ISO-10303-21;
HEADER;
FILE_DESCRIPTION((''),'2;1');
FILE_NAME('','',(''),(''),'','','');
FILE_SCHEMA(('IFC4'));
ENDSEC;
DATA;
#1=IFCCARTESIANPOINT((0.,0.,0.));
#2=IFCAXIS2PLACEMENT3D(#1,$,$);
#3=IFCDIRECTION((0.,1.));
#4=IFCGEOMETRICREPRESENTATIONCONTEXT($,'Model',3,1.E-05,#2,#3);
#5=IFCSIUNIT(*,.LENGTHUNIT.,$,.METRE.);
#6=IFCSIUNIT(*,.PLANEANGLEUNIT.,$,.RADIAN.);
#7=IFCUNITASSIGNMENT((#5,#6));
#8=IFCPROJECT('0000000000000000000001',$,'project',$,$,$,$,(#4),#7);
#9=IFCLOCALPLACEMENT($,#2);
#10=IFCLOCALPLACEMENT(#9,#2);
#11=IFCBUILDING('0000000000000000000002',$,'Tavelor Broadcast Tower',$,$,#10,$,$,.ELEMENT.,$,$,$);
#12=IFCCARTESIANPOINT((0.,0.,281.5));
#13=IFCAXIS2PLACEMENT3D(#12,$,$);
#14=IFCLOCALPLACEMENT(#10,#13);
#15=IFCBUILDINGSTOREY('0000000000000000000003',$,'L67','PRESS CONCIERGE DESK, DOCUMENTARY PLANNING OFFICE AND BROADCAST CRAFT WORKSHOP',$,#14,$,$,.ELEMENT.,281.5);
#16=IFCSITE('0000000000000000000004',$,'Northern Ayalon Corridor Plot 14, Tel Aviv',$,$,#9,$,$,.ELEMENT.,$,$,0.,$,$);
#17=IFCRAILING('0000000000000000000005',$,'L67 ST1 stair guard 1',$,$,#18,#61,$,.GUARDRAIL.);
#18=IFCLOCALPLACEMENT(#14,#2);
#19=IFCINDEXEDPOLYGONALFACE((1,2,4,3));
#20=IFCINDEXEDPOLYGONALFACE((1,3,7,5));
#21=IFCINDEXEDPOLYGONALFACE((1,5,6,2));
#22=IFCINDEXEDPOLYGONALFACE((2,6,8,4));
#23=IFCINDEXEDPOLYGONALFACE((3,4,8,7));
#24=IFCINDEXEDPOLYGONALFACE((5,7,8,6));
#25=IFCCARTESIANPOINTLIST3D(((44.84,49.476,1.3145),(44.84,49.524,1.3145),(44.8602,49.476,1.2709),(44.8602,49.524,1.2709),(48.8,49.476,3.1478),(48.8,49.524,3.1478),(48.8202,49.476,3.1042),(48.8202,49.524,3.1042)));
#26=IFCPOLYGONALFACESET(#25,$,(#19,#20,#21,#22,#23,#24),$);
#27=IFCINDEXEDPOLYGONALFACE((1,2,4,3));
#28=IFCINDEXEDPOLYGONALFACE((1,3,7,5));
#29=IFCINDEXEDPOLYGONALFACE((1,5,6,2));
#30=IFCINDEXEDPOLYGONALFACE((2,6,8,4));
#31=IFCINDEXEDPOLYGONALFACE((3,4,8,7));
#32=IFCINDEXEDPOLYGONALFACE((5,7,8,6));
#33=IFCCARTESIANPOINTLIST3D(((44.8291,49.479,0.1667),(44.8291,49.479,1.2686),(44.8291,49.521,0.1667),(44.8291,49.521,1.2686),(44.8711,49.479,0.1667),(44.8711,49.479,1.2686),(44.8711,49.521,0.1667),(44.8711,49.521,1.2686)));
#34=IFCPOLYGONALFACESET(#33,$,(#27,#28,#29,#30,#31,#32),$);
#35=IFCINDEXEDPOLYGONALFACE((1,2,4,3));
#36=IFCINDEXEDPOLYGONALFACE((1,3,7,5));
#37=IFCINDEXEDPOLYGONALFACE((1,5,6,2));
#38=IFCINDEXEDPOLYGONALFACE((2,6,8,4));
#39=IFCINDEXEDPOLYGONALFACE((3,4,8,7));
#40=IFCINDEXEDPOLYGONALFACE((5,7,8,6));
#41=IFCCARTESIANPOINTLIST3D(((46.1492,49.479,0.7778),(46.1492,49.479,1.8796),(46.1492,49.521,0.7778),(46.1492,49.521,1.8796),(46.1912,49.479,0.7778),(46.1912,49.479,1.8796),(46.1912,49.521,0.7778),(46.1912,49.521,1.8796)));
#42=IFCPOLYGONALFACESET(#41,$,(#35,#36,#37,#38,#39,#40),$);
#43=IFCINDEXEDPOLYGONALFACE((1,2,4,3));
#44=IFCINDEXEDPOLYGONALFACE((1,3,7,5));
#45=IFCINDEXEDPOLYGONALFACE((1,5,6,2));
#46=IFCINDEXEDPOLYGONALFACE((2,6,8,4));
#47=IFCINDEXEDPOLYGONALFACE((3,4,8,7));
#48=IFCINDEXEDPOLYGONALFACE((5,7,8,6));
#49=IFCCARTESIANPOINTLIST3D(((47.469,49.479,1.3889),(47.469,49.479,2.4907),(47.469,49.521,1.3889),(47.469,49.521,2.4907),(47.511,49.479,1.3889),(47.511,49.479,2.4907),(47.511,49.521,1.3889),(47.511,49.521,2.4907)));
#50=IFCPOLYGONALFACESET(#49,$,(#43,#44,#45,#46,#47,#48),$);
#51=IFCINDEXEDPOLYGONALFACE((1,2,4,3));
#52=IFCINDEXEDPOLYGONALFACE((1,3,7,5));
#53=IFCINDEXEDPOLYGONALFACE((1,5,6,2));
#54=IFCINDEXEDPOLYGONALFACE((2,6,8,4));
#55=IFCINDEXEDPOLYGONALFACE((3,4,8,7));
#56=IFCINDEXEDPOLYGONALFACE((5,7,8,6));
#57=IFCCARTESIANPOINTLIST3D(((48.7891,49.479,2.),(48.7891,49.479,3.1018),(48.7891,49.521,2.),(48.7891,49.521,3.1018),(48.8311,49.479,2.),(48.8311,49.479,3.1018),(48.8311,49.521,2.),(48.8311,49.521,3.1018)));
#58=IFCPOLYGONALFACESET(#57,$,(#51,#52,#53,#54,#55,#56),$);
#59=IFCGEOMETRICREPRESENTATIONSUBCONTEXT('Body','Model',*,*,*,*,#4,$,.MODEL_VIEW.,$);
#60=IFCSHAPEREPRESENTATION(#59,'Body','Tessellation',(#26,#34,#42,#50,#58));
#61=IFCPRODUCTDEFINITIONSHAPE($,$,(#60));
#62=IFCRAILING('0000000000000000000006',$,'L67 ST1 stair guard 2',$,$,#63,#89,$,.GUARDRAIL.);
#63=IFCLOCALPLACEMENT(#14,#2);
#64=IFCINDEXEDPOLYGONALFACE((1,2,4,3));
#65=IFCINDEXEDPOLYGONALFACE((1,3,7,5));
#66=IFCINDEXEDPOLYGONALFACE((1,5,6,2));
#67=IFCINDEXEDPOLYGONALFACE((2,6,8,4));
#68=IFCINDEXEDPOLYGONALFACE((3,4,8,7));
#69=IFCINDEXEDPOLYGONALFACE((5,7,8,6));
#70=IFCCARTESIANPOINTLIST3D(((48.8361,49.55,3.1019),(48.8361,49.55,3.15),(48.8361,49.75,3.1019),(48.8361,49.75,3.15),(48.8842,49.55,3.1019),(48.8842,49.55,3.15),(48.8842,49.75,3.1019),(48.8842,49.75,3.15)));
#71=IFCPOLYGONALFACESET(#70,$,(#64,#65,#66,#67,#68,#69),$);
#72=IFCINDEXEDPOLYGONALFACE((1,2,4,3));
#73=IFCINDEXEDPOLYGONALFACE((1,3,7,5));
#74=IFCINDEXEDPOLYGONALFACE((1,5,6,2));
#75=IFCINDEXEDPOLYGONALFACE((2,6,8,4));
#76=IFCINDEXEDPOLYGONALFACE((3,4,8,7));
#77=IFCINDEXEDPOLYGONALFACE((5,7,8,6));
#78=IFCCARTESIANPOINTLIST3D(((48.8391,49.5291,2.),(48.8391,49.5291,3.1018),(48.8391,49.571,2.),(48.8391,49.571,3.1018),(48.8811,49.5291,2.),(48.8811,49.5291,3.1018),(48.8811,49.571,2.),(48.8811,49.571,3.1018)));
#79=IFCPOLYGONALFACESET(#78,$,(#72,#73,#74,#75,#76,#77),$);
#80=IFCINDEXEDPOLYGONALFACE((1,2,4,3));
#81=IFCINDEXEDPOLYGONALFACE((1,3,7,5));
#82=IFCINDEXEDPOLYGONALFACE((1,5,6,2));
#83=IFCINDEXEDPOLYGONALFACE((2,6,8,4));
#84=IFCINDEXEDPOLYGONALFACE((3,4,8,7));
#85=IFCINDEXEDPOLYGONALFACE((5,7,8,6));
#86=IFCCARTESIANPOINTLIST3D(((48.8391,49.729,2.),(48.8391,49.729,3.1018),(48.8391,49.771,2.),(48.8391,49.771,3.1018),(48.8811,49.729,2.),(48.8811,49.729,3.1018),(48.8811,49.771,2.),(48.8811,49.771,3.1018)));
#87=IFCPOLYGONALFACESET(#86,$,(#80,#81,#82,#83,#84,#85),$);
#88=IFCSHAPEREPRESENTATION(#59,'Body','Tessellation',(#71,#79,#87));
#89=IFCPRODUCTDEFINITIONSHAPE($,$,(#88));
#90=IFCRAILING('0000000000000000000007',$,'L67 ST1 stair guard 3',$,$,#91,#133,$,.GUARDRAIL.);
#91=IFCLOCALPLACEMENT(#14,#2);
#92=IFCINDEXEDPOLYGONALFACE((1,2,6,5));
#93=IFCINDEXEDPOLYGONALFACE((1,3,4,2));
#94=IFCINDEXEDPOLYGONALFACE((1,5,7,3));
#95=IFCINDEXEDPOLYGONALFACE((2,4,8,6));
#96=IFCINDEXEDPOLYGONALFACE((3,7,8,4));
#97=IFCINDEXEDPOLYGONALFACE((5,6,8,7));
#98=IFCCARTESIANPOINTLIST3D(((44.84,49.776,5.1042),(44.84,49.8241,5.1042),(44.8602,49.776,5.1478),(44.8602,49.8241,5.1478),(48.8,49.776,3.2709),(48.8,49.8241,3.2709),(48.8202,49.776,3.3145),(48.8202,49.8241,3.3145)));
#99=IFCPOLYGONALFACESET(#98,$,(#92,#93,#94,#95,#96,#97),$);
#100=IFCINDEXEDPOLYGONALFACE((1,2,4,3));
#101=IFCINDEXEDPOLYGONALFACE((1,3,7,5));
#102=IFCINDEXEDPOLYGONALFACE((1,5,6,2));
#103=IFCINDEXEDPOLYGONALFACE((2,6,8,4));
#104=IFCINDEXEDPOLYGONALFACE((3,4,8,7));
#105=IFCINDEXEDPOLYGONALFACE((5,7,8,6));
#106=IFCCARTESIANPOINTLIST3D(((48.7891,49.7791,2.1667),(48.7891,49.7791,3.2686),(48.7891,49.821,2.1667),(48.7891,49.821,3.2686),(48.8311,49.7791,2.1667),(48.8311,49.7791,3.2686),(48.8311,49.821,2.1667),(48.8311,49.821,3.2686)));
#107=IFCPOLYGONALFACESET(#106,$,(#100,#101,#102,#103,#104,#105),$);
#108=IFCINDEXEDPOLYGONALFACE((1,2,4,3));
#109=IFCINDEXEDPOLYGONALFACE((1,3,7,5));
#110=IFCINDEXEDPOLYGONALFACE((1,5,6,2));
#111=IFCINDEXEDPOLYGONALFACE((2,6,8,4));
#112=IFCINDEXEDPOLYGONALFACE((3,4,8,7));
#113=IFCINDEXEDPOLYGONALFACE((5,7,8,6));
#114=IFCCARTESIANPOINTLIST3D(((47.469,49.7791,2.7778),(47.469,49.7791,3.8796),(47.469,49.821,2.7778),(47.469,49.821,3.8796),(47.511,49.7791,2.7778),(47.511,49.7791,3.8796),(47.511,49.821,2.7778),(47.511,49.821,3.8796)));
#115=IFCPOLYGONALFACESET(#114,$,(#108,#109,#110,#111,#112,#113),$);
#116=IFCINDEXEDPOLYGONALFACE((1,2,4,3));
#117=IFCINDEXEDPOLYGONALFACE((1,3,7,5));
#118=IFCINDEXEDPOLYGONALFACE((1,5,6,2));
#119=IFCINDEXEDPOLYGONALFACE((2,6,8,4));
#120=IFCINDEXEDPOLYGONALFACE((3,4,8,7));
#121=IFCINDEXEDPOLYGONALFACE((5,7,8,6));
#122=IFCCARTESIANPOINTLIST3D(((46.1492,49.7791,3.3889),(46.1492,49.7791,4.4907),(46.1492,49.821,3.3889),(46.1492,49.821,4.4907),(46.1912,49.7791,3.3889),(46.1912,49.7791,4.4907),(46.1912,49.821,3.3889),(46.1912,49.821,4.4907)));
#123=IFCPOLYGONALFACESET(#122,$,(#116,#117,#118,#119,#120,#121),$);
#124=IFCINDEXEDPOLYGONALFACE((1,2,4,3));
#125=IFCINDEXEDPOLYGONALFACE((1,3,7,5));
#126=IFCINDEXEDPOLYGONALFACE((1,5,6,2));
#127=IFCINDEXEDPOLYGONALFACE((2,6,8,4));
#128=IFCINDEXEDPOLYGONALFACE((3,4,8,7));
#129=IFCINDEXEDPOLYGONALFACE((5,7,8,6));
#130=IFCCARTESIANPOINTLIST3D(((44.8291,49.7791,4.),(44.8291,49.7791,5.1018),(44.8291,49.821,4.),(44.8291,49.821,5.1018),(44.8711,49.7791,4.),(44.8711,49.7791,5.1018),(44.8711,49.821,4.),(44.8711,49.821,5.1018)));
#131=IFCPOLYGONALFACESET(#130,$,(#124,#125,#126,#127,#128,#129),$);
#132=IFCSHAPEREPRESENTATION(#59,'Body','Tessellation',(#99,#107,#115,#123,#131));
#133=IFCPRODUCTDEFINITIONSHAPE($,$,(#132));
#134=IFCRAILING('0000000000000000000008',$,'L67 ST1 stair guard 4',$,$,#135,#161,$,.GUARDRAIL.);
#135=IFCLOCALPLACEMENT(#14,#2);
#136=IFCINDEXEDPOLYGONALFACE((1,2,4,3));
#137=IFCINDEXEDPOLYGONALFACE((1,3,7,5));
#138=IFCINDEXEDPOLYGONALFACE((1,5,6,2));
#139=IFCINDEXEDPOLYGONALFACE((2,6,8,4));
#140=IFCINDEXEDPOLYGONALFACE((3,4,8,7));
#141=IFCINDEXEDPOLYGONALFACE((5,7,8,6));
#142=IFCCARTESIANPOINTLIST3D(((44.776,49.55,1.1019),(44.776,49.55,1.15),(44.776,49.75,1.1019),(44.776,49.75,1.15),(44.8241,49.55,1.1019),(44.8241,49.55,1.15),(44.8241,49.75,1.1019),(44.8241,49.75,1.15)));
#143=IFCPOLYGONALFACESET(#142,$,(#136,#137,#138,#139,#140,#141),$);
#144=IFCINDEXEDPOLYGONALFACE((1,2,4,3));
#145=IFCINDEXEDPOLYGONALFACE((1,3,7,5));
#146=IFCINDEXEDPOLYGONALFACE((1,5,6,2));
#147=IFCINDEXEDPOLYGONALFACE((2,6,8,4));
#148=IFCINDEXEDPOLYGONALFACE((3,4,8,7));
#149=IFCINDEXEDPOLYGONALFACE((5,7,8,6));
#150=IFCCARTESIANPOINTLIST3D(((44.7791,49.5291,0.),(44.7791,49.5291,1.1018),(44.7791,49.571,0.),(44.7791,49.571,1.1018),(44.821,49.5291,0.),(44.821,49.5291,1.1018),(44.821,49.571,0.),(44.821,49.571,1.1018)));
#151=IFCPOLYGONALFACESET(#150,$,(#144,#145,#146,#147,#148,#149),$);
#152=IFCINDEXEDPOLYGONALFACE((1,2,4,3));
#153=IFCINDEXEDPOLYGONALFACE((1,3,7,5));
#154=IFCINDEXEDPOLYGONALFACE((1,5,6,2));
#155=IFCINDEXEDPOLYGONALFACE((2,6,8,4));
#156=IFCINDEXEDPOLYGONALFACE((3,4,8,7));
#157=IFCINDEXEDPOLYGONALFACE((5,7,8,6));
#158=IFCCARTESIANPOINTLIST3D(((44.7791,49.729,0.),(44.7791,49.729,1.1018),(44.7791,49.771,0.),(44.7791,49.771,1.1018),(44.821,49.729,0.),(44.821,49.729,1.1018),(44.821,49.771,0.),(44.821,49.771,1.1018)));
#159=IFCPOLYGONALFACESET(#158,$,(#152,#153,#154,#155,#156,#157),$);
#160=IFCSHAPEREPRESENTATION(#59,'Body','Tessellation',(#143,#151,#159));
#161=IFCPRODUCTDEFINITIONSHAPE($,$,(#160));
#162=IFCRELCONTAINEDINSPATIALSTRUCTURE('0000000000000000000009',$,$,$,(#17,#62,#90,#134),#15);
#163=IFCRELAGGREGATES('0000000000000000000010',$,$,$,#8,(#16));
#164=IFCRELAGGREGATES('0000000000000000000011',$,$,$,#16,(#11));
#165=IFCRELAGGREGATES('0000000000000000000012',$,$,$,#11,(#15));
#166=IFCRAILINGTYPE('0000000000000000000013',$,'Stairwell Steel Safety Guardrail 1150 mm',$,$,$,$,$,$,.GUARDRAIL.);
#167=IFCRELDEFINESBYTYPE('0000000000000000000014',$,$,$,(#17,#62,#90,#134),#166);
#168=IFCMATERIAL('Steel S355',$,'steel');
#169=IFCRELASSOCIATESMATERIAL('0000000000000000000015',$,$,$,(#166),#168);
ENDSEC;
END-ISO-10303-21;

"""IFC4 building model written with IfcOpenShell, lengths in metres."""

from ifc_helpers import new_model, si_unit, direction, frame, origin, origin_2d, place, context, subcontext, project, spatial, rectangle, extrude, material, type_object, element, save


model = new_model("IFC4")

# Units and contexts
model_context = context("Model", 3, precision=1e-05, world=origin(), true_north=direction((0.0, 1.0)))
body_context = subcontext(model_context, "Body", "Model", "MODEL_VIEW")
ifc_project = project(units=[si_unit("LENGTHUNIT", "METRE"), si_unit("PLANEANGLEUNIT", "RADIAN")], contexts=[model_context])

# Site, building, storey
site_placement = place(None, origin())
site = spatial("IfcSite", under=ifc_project, at=site_placement, Name="Northern Ayalon Corridor Plot 14, Tel Aviv", CompositionType="ELEMENT", RefElevation=0.0)
building_placement = place(site_placement, origin())
building = spatial("IfcBuilding", under=site, at=building_placement, Name="Tavelor Broadcast Tower", CompositionType="ELEMENT")
storey_placement = place(building_placement, frame((0.0, 0.0, 281.5)))
storey = spatial("IfcBuildingStorey", under=building, at=storey_placement, Name="L67", Description="PRESS CONCIERGE DESK, DOCUMENTARY PLANNING OFFICE AND BROADCAST CRAFT WORKSHOP", CompositionType="ELEMENT", Elevation=281.5)

# Shared definitions
ifc_material_1 = material(Name="Steel S355", Category="steel")

# Railings
railing_type_1 = type_object("IfcRailingType", Name="Stairwell Steel Safety Guardrail 1150 mm", PredefinedType="GUARDRAIL", material=ifc_material_1)
railing_1_placement = place(storey_placement, frame((44.8501, 49.5, 0.1667)))
element("IfcRailing", 1, at=railing_1_placement, inside=storey, type_object=railing_type_1, Name="L67 ST1 stair guard 1", PredefinedType="GUARDRAIL", context=body_context, shape_type="SweptSolid", body=[
    extrude(rectangle(XDim=0.0481, YDim=0.0481, at=origin_2d()), frame((0.0, 0.0, 1.126), z_axis=(0.907472, 0.0, 0.420112), x_axis=(0.0, 1.0, 0.0)), (0.0, 0.0, 1.0), 4.3638),
    extrude(rectangle(XDim=0.042, YDim=0.042, at=origin_2d()), origin(), (0.0, 0.0, 1.0), 1.1018),
    extrude(rectangle(XDim=0.042, YDim=0.042, at=origin_2d()), frame((1.3201, 0.0, 0.6111)), (0.0, 0.0, 1.0), 1.1018),
    extrude(rectangle(XDim=0.042, YDim=0.042, at=origin_2d()), frame((2.6399, 0.0, 1.2222)), (0.0, 0.0, 1.0), 1.1018),
    extrude(rectangle(XDim=0.042, YDim=0.042, at=origin_2d()), frame((3.96, 0.0, 1.8333)), (0.0, 0.0, 1.0), 1.1018),
])
railing_2_placement = place(storey_placement, frame((48.8601, 49.55, 2.0)))
element("IfcRailing", 2, at=railing_2_placement, inside=storey, type_object=railing_type_1, Name="L67 ST1 stair guard 2", PredefinedType="GUARDRAIL", context=body_context, shape_type="SweptSolid", body=[
    extrude(rectangle(XDim=0.0481, YDim=0.0481, at=origin_2d()), frame((0.0, 0.0, 1.126), z_axis=(0.0, 1.0, 0.0), x_axis=(-1.0, 0.0, 0.0)), (0.0, 0.0, 1.0), 0.2),
    extrude(rectangle(XDim=0.042, YDim=0.042, at=origin_2d()), origin(), (0.0, 0.0, 1.0), 1.1018),
    extrude(rectangle(XDim=0.042, YDim=0.042, at=origin_2d()), frame((0.0, 0.2, 0.0)), (0.0, 0.0, 1.0), 1.1018),
])
railing_3_placement = place(storey_placement, frame((48.8101, 49.8, 2.1667)))
element("IfcRailing", 3, at=railing_3_placement, inside=storey, type_object=railing_type_1, Name="L67 ST1 stair guard 3", PredefinedType="GUARDRAIL", context=body_context, shape_type="SweptSolid", body=[
    extrude(rectangle(XDim=0.0481, YDim=0.0481, at=origin_2d()), frame((0.0, 0.0, 1.126), z_axis=(-0.907472, 0.0, 0.420112), x_axis=(0.0, -1.0, 0.0)), (0.0, 0.0, 1.0), 4.3638),
    extrude(rectangle(XDim=0.042, YDim=0.042, at=origin_2d()), origin(), (0.0, 0.0, 1.0), 1.1018),
    extrude(rectangle(XDim=0.042, YDim=0.042, at=origin_2d()), frame((-1.3201, 0.0, 0.6111)), (0.0, 0.0, 1.0), 1.1018),
    extrude(rectangle(XDim=0.042, YDim=0.042, at=origin_2d()), frame((-2.6399, 0.0, 1.2222)), (0.0, 0.0, 1.0), 1.1018),
    extrude(rectangle(XDim=0.042, YDim=0.042, at=origin_2d()), frame((-3.96, 0.0, 1.8333)), (0.0, 0.0, 1.0), 1.1018),
])
railing_4_placement = place(storey_placement, frame((44.8, 49.55, 0.0)))
element("IfcRailing", 4, at=railing_4_placement, inside=storey, type_object=railing_type_1, Name="L67 ST1 stair guard 4", PredefinedType="GUARDRAIL", context=body_context, shape_type="SweptSolid", body=[
    extrude(rectangle(XDim=0.0481, YDim=0.0481, at=origin_2d()), frame((0.0, 0.0, 1.126), z_axis=(0.0, 1.0, 0.0), x_axis=(-1.0, 0.0, 0.0)), (0.0, 0.0, 1.0), 0.2),
    extrude(rectangle(XDim=0.042, YDim=0.042, at=origin_2d()), origin(), (0.0, 0.0, 1.0), 1.1018),
    extrude(rectangle(XDim=0.042, YDim=0.042, at=origin_2d()), frame((0.0, 0.2, 0.0)), (0.0, 0.0, 1.0), 1.1018),
])

save(model, "model.ifc")
